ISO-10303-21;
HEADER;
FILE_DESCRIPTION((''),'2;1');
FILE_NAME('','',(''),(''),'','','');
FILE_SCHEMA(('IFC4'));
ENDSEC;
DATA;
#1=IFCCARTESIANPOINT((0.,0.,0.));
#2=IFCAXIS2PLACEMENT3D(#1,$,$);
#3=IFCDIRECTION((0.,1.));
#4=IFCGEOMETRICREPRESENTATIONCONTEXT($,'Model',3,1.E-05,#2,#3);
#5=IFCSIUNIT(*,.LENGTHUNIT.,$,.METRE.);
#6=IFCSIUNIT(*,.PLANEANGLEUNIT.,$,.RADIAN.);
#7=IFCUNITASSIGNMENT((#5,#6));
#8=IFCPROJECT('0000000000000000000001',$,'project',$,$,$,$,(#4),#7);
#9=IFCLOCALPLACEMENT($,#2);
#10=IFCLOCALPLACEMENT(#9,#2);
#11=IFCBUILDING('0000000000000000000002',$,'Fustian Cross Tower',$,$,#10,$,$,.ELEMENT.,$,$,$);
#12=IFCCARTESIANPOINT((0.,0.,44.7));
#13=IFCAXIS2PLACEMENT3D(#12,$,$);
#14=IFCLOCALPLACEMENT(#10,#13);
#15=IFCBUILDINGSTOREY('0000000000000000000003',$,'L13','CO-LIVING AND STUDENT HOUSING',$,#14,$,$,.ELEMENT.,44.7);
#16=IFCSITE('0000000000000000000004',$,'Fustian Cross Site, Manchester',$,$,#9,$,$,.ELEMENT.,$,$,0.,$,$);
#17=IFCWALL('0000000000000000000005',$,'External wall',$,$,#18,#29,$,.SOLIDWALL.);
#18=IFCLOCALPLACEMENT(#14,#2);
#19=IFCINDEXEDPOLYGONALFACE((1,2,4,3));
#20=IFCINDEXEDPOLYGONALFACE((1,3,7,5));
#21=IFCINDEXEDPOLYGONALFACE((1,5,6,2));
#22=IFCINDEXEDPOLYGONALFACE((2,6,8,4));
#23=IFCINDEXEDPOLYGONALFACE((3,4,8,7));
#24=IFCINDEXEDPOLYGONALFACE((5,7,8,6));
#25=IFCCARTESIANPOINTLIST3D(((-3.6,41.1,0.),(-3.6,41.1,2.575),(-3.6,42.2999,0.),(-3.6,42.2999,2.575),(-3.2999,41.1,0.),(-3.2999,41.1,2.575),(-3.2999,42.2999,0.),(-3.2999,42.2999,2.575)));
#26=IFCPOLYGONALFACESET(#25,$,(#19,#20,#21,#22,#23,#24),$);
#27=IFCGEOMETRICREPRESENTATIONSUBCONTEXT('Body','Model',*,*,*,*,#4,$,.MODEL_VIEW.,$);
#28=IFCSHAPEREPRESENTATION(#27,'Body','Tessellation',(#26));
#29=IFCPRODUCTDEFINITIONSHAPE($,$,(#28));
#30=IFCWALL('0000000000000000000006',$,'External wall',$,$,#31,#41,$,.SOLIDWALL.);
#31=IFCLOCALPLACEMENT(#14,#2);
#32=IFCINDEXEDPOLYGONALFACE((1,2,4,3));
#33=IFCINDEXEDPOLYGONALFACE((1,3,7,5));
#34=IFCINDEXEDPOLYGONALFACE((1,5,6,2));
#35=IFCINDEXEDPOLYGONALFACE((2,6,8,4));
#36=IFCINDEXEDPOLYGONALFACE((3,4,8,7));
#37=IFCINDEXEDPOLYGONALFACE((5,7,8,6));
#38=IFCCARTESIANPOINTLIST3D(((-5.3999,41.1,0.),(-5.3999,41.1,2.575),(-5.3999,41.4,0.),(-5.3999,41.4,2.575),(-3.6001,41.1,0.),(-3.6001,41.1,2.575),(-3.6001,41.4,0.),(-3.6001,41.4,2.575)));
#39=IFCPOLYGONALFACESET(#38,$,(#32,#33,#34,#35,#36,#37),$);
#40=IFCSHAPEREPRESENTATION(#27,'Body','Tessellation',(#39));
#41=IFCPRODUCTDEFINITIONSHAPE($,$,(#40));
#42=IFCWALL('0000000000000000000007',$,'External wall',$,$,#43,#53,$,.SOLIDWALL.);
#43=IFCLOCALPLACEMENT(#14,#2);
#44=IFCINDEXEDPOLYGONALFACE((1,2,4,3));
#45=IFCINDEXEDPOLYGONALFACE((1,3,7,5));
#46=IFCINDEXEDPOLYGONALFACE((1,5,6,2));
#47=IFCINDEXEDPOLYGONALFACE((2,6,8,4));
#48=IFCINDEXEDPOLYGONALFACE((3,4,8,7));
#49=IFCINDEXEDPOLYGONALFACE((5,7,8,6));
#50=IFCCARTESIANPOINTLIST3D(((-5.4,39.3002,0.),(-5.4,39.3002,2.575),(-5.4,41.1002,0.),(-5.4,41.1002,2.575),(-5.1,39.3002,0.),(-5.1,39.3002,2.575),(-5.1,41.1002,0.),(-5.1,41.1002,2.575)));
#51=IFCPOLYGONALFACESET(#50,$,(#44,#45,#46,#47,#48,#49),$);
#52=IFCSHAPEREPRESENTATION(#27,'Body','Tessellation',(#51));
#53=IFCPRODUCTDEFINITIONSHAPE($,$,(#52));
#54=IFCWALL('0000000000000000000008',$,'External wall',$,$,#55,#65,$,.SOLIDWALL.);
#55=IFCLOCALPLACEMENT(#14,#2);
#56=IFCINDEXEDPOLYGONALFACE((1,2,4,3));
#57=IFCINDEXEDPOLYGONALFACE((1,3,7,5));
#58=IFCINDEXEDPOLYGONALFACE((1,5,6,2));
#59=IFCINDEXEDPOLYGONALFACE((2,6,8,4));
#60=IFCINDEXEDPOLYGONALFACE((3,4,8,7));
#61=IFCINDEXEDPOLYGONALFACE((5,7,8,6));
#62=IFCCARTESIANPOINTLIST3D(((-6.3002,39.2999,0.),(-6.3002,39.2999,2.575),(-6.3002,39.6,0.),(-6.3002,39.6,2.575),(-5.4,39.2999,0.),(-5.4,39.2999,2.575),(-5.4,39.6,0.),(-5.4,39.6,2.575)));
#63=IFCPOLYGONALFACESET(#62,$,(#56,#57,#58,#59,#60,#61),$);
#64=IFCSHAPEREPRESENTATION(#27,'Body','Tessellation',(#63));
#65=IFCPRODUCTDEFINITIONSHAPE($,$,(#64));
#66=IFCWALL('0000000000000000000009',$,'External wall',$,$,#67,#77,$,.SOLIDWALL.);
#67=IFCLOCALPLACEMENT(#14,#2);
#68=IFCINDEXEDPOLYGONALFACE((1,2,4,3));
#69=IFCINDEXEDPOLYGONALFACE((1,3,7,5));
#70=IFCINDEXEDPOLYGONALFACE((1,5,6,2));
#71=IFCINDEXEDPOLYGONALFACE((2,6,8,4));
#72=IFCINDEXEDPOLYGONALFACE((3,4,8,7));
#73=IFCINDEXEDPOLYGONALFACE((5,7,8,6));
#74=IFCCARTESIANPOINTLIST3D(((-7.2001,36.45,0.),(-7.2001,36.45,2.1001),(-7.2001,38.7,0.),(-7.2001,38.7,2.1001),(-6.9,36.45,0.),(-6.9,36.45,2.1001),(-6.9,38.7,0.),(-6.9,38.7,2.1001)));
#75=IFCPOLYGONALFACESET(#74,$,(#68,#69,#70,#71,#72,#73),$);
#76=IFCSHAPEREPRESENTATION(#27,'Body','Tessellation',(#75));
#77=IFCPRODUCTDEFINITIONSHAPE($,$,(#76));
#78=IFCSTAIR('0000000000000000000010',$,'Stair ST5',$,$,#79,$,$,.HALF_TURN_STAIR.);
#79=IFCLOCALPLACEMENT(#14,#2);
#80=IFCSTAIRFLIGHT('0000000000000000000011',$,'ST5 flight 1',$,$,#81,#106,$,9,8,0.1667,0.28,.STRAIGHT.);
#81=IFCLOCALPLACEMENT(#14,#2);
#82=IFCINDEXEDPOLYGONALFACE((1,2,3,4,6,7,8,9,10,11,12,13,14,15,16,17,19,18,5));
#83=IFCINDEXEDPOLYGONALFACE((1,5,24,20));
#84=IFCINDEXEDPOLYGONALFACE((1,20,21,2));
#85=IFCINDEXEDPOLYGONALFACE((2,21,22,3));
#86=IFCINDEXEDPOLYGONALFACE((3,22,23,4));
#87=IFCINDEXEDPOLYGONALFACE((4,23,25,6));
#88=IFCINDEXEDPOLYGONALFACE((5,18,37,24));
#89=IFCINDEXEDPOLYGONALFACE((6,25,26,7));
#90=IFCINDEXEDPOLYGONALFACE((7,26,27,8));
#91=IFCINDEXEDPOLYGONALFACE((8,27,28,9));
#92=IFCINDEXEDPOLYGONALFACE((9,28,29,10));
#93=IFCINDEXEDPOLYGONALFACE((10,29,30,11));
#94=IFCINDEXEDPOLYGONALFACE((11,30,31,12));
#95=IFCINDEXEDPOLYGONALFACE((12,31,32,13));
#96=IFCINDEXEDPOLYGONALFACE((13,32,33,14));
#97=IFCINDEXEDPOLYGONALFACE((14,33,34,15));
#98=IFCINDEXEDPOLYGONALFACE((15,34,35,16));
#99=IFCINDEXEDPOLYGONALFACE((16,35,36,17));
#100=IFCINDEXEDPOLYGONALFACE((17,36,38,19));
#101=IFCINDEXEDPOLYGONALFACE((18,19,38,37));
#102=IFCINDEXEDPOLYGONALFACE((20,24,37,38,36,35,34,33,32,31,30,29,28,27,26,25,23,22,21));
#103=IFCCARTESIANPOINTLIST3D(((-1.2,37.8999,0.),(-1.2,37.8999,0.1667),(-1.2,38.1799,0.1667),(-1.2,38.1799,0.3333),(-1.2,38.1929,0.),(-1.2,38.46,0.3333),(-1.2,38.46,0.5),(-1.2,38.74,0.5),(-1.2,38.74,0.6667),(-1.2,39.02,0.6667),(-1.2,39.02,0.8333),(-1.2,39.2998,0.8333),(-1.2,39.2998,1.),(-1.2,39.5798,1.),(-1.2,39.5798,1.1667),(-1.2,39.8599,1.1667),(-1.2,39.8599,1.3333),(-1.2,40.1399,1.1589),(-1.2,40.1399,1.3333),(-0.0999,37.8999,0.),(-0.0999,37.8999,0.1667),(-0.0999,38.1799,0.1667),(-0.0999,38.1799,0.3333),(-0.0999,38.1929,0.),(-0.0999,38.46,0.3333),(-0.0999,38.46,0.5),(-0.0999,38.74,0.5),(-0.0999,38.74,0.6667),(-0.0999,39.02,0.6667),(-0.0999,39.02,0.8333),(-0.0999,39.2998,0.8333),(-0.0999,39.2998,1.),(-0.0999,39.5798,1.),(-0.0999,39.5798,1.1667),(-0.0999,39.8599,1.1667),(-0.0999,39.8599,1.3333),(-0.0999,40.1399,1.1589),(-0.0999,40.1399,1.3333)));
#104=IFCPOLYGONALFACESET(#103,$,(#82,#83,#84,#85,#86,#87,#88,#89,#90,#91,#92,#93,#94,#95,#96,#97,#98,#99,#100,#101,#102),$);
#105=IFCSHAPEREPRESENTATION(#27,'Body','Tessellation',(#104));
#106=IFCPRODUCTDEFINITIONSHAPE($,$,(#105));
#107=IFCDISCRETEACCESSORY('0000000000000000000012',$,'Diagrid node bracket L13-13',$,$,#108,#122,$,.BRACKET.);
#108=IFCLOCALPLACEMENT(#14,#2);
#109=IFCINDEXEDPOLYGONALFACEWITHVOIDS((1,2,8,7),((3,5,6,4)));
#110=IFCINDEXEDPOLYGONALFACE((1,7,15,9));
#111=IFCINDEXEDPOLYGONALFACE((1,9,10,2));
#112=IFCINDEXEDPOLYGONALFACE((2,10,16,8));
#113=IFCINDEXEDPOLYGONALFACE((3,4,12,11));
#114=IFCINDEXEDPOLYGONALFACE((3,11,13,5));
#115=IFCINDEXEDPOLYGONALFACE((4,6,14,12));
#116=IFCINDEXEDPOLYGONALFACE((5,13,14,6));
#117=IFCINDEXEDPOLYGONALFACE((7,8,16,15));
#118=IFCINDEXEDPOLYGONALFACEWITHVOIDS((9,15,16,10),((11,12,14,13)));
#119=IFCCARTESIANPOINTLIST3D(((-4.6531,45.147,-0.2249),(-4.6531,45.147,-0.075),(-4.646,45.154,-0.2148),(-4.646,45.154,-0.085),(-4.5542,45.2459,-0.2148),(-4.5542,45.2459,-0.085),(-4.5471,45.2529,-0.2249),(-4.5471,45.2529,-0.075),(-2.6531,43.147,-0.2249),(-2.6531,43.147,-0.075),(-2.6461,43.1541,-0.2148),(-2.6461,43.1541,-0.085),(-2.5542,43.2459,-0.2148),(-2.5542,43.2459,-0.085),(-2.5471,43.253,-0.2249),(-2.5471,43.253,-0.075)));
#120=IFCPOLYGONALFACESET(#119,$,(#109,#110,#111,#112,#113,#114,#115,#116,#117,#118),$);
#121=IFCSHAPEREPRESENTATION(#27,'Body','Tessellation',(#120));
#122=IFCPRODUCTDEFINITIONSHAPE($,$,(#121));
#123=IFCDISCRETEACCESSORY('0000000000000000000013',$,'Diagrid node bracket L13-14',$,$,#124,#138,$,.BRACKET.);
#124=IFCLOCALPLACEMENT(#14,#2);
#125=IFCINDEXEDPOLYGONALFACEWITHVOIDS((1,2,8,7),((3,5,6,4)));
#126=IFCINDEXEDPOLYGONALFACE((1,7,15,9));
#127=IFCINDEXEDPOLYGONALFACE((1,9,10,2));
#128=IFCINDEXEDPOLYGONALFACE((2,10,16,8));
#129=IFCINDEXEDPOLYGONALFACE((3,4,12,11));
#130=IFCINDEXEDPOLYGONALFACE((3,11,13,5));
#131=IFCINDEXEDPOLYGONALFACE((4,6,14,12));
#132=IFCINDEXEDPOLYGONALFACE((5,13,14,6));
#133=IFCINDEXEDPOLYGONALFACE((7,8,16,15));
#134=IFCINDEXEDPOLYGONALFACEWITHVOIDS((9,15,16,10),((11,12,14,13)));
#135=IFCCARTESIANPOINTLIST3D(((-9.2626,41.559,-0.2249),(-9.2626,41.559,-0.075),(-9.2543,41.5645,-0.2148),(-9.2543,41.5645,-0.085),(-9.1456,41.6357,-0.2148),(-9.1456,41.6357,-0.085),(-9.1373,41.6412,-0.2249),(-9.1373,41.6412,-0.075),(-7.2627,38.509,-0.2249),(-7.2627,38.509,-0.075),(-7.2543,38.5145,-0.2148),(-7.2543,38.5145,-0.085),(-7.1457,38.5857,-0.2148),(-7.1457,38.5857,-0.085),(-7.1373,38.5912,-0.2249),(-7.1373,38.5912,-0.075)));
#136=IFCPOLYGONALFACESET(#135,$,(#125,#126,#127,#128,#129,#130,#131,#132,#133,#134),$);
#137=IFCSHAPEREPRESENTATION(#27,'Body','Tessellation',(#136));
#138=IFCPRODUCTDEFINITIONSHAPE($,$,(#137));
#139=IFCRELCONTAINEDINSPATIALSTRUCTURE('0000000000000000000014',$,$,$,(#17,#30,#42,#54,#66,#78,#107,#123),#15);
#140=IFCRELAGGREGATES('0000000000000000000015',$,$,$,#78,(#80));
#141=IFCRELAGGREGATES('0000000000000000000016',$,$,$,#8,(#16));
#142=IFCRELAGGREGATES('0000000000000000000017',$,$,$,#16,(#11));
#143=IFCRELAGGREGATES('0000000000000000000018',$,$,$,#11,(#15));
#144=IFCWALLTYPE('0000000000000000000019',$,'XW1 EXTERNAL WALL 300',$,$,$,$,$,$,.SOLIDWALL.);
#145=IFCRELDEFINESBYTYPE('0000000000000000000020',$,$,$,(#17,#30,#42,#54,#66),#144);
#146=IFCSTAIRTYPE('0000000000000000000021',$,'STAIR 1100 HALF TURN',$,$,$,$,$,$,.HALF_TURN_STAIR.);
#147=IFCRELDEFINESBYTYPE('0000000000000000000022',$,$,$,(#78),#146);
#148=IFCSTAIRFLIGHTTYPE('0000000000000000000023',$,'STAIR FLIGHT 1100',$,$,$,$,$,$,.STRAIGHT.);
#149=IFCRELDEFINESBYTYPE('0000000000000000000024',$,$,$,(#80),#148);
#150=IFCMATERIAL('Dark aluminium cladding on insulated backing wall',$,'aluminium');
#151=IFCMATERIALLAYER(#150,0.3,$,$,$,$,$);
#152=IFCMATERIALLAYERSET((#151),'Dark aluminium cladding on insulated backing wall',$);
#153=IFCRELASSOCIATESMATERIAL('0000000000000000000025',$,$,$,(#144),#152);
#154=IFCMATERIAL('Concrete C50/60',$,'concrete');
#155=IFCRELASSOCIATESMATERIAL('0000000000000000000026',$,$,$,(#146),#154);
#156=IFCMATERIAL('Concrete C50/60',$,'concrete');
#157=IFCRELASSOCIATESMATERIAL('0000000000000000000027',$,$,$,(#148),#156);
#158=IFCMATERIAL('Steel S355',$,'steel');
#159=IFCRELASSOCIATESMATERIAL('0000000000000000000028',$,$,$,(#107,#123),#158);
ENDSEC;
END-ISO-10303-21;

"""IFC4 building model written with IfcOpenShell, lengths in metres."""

from ifc_helpers import new_model, si_unit, direction, frame, frame_2d, origin, origin_2d, place, context, subcontext, project, spatial, polyline, rectangle, hollow_rectangle, outline, extrude, material, layer, layer_set, type_object, element, aggregate, save


model = new_model("IFC4")

# Units and contexts
model_context = context("Model", 3, precision=1e-05, world=origin(), true_north=direction((0.0, 1.0)))
body_context = subcontext(model_context, "Body", "Model", "MODEL_VIEW")
ifc_project = project(units=[si_unit("LENGTHUNIT", "METRE"), si_unit("PLANEANGLEUNIT", "RADIAN")], contexts=[model_context])

# Site, building, storey
site_placement = place(None, origin())
site = spatial("IfcSite", under=ifc_project, at=site_placement, Name="Fustian Cross Site, Manchester", CompositionType="ELEMENT", RefElevation=0.0)
building_placement = place(site_placement, origin())
building = spatial("IfcBuilding", under=site, at=building_placement, Name="Fustian Cross Tower", CompositionType="ELEMENT")
storey_placement = place(building_placement, frame((0.0, 0.0, 44.7)))
storey = spatial("IfcBuildingStorey", under=building, at=storey_placement, Name="L13", Description="CO-LIVING AND STUDENT HOUSING", CompositionType="ELEMENT", Elevation=44.7)

# Walls
ifc_material_1 = material(Name="Dark aluminium cladding on insulated backing wall", Category="aluminium")
ifc_layer_1 = layer(ifc_material_1, 0.3)
ifc_layer_set_1 = layer_set([ifc_layer_1], Name="Dark aluminium cladding on insulated backing wall")
wall_type_1 = type_object("IfcWallType", Name="XW1 EXTERNAL WALL 300", PredefinedType="SOLIDWALL", material=ifc_layer_set_1)
wall_1_placement = place(storey_placement, frame((-3.45, 42.3, 0.0), z_axis=(0.0, 0.0, 1.0), x_axis=(0.0, -1.0, 0.0)))
element("IfcWall", 1, at=wall_1_placement, inside=storey, type_object=wall_type_1, Name="External wall", PredefinedType="SOLIDWALL", context=body_context, shape_type="SweptSolid", body=[
    extrude(rectangle(XDim=1.2, YDim=0.3, at=frame_2d((0.6001, 0.0))), origin(), (0.0, 0.0, 1.0), 2.575),
])
wall_2_placement = place(storey_placement, frame((-3.6001, 41.25, 0.0), z_axis=(0.0, 0.0, 1.0), x_axis=(-1.0, 0.0, 0.0)))
element("IfcWall", 2, at=wall_2_placement, inside=storey, type_object=wall_type_1, Name="External wall", PredefinedType="SOLIDWALL", context=body_context, shape_type="SweptSolid", body=[
    extrude(rectangle(XDim=1.7998, YDim=0.3, at=frame_2d((0.8999, 0.0))), origin(), (0.0, 0.0, 1.0), 2.575),
])
wall_3_placement = place(storey_placement, frame((-5.25, 41.1001, 0.0), z_axis=(0.0, 0.0, 1.0), x_axis=(0.0, -1.0, 0.0)))
element("IfcWall", 3, at=wall_3_placement, inside=storey, type_object=wall_type_1, Name="External wall", PredefinedType="SOLIDWALL", context=body_context, shape_type="SweptSolid", body=[
    extrude(rectangle(XDim=1.8, YDim=0.3, at=frame_2d((0.8999, 0.0))), origin(), (0.0, 0.0, 1.0), 2.575),
])
wall_4_placement = place(storey_placement, frame((-5.3999, 39.45, 0.0), z_axis=(0.0, 0.0, 1.0), x_axis=(-1.0, 0.0, 0.0)))
element("IfcWall", 4, at=wall_4_placement, inside=storey, type_object=wall_type_1, Name="External wall", PredefinedType="SOLIDWALL", context=body_context, shape_type="SweptSolid", body=[
    extrude(rectangle(XDim=0.9001, YDim=0.3, at=frame_2d((0.4502, 0.0))), origin(), (0.0, 0.0, 1.0), 2.575),
])
wall_5_placement = place(storey_placement, frame((-7.05, 38.7, 0.0), z_axis=(0.0, 0.0, 1.0), x_axis=(0.0, -1.0, 0.0)))
element("IfcWall", 5, at=wall_5_placement, inside=storey, type_object=wall_type_1, Name="External wall", PredefinedType="SOLIDWALL", context=body_context, shape_type="SweptSolid", body=[
    extrude(rectangle(XDim=2.25, YDim=0.3, at=frame_2d((1.125, 0.0))), origin(), (0.0, 0.0, 1.0), 2.1001),
])

# Stair, stair flight
ifc_material_2 = material(Name="Concrete C50/60", Category="concrete")
stair_type = type_object("IfcStairType", Name="STAIR 1100 HALF TURN", PredefinedType="HALF_TURN_STAIR", material=ifc_material_2)
stair_placement = place(storey_placement, origin())
stair = element("IfcStair", 6, at=stair_placement, inside=storey, type_object=stair_type, Name="Stair ST5", PredefinedType="HALF_TURN_STAIR")
ifc_material_3 = material(Name="Concrete C50/60", Category="concrete")
stair_flight_type = type_object("IfcStairFlightType", Name="STAIR FLIGHT 1100", PredefinedType="STRAIGHT", material=ifc_material_3)
stair_flight_placement = place(storey_placement, frame((-0.6499, 37.8999, 0.0), z_axis=(0.0, 0.0, 1.0), x_axis=(0.0, 1.0, 0.0)))
stair_flight = element("IfcStairFlight", 7, at=stair_flight_placement, type_object=stair_flight_type, Name="ST5 flight 1", NumberOfRisers=9, NumberOfTreads=8, PredefinedType="STRAIGHT", RiserHeight=0.1667, TreadLength=0.28, context=body_context, shape_type="SweptSolid", body=[
    extrude(outline(polyline([(0.0, 0.0), (0.0, 0.1667), (0.28, 0.1667), (0.28, 0.3333), (0.5601, 0.3333), (0.5601, 0.5), (0.8401, 0.5), (0.8401, 0.6667), (1.1201, 0.6667), (1.1201, 0.8333), (1.3999, 0.8333), (1.3999, 1.0), (1.6799, 1.0), (1.6799, 1.1667), (1.96, 1.1667), (1.96, 1.3333), (2.24, 1.3333), (2.24, 1.5), (2.24, 1.1589), (0.293, 0.0), (0.0, 0.0)])), frame((0.0, 0.55, 0.0), z_axis=(0.0, -1.0, 0.0), x_axis=(1.0, 0.0, 0.0)), (0.0, 0.0, 1.0), 1.1001),
])
aggregate(stair, [stair_flight])

# Discrete accessories
ifc_material_4 = material(Name="Steel S355", Category="steel")
discrete_accessory_1_placement = place(storey_placement, frame((-4.6001, 45.2, -0.1499), z_axis=(0.707107, -0.707107, 0.0), x_axis=(0.707107, 0.707107, 0.0)))
element("IfcDiscreteAccessory", 8, at=discrete_accessory_1_placement, inside=storey, material=ifc_material_4, Name="Diagrid node bracket L13-13", PredefinedType="BRACKET", context=body_context, shape_type="SweptSolid", body=[
    extrude(hollow_rectangle(XDim=0.1499, YDim=0.1499, WallThickness=0.01, at=origin_2d()), origin(), (0.0, 0.0, 1.0), 2.8284),
])
discrete_accessory_2_placement = place(storey_placement, frame((-9.2, 41.6001, -0.1499), z_axis=(0.548351, -0.836248, 0.0), x_axis=(0.836248, 0.548351, 0.0)))
element("IfcDiscreteAccessory", 9, at=discrete_accessory_2_placement, inside=storey, material=ifc_material_4, Name="Diagrid node bracket L13-14", PredefinedType="BRACKET", context=body_context, shape_type="SweptSolid", body=[
    extrude(hollow_rectangle(XDim=0.1499, YDim=0.1499, WallThickness=0.01, at=origin_2d()), origin(), (0.0, 0.0, 1.0), 3.6472),
])

save(model, "model.ifc")
